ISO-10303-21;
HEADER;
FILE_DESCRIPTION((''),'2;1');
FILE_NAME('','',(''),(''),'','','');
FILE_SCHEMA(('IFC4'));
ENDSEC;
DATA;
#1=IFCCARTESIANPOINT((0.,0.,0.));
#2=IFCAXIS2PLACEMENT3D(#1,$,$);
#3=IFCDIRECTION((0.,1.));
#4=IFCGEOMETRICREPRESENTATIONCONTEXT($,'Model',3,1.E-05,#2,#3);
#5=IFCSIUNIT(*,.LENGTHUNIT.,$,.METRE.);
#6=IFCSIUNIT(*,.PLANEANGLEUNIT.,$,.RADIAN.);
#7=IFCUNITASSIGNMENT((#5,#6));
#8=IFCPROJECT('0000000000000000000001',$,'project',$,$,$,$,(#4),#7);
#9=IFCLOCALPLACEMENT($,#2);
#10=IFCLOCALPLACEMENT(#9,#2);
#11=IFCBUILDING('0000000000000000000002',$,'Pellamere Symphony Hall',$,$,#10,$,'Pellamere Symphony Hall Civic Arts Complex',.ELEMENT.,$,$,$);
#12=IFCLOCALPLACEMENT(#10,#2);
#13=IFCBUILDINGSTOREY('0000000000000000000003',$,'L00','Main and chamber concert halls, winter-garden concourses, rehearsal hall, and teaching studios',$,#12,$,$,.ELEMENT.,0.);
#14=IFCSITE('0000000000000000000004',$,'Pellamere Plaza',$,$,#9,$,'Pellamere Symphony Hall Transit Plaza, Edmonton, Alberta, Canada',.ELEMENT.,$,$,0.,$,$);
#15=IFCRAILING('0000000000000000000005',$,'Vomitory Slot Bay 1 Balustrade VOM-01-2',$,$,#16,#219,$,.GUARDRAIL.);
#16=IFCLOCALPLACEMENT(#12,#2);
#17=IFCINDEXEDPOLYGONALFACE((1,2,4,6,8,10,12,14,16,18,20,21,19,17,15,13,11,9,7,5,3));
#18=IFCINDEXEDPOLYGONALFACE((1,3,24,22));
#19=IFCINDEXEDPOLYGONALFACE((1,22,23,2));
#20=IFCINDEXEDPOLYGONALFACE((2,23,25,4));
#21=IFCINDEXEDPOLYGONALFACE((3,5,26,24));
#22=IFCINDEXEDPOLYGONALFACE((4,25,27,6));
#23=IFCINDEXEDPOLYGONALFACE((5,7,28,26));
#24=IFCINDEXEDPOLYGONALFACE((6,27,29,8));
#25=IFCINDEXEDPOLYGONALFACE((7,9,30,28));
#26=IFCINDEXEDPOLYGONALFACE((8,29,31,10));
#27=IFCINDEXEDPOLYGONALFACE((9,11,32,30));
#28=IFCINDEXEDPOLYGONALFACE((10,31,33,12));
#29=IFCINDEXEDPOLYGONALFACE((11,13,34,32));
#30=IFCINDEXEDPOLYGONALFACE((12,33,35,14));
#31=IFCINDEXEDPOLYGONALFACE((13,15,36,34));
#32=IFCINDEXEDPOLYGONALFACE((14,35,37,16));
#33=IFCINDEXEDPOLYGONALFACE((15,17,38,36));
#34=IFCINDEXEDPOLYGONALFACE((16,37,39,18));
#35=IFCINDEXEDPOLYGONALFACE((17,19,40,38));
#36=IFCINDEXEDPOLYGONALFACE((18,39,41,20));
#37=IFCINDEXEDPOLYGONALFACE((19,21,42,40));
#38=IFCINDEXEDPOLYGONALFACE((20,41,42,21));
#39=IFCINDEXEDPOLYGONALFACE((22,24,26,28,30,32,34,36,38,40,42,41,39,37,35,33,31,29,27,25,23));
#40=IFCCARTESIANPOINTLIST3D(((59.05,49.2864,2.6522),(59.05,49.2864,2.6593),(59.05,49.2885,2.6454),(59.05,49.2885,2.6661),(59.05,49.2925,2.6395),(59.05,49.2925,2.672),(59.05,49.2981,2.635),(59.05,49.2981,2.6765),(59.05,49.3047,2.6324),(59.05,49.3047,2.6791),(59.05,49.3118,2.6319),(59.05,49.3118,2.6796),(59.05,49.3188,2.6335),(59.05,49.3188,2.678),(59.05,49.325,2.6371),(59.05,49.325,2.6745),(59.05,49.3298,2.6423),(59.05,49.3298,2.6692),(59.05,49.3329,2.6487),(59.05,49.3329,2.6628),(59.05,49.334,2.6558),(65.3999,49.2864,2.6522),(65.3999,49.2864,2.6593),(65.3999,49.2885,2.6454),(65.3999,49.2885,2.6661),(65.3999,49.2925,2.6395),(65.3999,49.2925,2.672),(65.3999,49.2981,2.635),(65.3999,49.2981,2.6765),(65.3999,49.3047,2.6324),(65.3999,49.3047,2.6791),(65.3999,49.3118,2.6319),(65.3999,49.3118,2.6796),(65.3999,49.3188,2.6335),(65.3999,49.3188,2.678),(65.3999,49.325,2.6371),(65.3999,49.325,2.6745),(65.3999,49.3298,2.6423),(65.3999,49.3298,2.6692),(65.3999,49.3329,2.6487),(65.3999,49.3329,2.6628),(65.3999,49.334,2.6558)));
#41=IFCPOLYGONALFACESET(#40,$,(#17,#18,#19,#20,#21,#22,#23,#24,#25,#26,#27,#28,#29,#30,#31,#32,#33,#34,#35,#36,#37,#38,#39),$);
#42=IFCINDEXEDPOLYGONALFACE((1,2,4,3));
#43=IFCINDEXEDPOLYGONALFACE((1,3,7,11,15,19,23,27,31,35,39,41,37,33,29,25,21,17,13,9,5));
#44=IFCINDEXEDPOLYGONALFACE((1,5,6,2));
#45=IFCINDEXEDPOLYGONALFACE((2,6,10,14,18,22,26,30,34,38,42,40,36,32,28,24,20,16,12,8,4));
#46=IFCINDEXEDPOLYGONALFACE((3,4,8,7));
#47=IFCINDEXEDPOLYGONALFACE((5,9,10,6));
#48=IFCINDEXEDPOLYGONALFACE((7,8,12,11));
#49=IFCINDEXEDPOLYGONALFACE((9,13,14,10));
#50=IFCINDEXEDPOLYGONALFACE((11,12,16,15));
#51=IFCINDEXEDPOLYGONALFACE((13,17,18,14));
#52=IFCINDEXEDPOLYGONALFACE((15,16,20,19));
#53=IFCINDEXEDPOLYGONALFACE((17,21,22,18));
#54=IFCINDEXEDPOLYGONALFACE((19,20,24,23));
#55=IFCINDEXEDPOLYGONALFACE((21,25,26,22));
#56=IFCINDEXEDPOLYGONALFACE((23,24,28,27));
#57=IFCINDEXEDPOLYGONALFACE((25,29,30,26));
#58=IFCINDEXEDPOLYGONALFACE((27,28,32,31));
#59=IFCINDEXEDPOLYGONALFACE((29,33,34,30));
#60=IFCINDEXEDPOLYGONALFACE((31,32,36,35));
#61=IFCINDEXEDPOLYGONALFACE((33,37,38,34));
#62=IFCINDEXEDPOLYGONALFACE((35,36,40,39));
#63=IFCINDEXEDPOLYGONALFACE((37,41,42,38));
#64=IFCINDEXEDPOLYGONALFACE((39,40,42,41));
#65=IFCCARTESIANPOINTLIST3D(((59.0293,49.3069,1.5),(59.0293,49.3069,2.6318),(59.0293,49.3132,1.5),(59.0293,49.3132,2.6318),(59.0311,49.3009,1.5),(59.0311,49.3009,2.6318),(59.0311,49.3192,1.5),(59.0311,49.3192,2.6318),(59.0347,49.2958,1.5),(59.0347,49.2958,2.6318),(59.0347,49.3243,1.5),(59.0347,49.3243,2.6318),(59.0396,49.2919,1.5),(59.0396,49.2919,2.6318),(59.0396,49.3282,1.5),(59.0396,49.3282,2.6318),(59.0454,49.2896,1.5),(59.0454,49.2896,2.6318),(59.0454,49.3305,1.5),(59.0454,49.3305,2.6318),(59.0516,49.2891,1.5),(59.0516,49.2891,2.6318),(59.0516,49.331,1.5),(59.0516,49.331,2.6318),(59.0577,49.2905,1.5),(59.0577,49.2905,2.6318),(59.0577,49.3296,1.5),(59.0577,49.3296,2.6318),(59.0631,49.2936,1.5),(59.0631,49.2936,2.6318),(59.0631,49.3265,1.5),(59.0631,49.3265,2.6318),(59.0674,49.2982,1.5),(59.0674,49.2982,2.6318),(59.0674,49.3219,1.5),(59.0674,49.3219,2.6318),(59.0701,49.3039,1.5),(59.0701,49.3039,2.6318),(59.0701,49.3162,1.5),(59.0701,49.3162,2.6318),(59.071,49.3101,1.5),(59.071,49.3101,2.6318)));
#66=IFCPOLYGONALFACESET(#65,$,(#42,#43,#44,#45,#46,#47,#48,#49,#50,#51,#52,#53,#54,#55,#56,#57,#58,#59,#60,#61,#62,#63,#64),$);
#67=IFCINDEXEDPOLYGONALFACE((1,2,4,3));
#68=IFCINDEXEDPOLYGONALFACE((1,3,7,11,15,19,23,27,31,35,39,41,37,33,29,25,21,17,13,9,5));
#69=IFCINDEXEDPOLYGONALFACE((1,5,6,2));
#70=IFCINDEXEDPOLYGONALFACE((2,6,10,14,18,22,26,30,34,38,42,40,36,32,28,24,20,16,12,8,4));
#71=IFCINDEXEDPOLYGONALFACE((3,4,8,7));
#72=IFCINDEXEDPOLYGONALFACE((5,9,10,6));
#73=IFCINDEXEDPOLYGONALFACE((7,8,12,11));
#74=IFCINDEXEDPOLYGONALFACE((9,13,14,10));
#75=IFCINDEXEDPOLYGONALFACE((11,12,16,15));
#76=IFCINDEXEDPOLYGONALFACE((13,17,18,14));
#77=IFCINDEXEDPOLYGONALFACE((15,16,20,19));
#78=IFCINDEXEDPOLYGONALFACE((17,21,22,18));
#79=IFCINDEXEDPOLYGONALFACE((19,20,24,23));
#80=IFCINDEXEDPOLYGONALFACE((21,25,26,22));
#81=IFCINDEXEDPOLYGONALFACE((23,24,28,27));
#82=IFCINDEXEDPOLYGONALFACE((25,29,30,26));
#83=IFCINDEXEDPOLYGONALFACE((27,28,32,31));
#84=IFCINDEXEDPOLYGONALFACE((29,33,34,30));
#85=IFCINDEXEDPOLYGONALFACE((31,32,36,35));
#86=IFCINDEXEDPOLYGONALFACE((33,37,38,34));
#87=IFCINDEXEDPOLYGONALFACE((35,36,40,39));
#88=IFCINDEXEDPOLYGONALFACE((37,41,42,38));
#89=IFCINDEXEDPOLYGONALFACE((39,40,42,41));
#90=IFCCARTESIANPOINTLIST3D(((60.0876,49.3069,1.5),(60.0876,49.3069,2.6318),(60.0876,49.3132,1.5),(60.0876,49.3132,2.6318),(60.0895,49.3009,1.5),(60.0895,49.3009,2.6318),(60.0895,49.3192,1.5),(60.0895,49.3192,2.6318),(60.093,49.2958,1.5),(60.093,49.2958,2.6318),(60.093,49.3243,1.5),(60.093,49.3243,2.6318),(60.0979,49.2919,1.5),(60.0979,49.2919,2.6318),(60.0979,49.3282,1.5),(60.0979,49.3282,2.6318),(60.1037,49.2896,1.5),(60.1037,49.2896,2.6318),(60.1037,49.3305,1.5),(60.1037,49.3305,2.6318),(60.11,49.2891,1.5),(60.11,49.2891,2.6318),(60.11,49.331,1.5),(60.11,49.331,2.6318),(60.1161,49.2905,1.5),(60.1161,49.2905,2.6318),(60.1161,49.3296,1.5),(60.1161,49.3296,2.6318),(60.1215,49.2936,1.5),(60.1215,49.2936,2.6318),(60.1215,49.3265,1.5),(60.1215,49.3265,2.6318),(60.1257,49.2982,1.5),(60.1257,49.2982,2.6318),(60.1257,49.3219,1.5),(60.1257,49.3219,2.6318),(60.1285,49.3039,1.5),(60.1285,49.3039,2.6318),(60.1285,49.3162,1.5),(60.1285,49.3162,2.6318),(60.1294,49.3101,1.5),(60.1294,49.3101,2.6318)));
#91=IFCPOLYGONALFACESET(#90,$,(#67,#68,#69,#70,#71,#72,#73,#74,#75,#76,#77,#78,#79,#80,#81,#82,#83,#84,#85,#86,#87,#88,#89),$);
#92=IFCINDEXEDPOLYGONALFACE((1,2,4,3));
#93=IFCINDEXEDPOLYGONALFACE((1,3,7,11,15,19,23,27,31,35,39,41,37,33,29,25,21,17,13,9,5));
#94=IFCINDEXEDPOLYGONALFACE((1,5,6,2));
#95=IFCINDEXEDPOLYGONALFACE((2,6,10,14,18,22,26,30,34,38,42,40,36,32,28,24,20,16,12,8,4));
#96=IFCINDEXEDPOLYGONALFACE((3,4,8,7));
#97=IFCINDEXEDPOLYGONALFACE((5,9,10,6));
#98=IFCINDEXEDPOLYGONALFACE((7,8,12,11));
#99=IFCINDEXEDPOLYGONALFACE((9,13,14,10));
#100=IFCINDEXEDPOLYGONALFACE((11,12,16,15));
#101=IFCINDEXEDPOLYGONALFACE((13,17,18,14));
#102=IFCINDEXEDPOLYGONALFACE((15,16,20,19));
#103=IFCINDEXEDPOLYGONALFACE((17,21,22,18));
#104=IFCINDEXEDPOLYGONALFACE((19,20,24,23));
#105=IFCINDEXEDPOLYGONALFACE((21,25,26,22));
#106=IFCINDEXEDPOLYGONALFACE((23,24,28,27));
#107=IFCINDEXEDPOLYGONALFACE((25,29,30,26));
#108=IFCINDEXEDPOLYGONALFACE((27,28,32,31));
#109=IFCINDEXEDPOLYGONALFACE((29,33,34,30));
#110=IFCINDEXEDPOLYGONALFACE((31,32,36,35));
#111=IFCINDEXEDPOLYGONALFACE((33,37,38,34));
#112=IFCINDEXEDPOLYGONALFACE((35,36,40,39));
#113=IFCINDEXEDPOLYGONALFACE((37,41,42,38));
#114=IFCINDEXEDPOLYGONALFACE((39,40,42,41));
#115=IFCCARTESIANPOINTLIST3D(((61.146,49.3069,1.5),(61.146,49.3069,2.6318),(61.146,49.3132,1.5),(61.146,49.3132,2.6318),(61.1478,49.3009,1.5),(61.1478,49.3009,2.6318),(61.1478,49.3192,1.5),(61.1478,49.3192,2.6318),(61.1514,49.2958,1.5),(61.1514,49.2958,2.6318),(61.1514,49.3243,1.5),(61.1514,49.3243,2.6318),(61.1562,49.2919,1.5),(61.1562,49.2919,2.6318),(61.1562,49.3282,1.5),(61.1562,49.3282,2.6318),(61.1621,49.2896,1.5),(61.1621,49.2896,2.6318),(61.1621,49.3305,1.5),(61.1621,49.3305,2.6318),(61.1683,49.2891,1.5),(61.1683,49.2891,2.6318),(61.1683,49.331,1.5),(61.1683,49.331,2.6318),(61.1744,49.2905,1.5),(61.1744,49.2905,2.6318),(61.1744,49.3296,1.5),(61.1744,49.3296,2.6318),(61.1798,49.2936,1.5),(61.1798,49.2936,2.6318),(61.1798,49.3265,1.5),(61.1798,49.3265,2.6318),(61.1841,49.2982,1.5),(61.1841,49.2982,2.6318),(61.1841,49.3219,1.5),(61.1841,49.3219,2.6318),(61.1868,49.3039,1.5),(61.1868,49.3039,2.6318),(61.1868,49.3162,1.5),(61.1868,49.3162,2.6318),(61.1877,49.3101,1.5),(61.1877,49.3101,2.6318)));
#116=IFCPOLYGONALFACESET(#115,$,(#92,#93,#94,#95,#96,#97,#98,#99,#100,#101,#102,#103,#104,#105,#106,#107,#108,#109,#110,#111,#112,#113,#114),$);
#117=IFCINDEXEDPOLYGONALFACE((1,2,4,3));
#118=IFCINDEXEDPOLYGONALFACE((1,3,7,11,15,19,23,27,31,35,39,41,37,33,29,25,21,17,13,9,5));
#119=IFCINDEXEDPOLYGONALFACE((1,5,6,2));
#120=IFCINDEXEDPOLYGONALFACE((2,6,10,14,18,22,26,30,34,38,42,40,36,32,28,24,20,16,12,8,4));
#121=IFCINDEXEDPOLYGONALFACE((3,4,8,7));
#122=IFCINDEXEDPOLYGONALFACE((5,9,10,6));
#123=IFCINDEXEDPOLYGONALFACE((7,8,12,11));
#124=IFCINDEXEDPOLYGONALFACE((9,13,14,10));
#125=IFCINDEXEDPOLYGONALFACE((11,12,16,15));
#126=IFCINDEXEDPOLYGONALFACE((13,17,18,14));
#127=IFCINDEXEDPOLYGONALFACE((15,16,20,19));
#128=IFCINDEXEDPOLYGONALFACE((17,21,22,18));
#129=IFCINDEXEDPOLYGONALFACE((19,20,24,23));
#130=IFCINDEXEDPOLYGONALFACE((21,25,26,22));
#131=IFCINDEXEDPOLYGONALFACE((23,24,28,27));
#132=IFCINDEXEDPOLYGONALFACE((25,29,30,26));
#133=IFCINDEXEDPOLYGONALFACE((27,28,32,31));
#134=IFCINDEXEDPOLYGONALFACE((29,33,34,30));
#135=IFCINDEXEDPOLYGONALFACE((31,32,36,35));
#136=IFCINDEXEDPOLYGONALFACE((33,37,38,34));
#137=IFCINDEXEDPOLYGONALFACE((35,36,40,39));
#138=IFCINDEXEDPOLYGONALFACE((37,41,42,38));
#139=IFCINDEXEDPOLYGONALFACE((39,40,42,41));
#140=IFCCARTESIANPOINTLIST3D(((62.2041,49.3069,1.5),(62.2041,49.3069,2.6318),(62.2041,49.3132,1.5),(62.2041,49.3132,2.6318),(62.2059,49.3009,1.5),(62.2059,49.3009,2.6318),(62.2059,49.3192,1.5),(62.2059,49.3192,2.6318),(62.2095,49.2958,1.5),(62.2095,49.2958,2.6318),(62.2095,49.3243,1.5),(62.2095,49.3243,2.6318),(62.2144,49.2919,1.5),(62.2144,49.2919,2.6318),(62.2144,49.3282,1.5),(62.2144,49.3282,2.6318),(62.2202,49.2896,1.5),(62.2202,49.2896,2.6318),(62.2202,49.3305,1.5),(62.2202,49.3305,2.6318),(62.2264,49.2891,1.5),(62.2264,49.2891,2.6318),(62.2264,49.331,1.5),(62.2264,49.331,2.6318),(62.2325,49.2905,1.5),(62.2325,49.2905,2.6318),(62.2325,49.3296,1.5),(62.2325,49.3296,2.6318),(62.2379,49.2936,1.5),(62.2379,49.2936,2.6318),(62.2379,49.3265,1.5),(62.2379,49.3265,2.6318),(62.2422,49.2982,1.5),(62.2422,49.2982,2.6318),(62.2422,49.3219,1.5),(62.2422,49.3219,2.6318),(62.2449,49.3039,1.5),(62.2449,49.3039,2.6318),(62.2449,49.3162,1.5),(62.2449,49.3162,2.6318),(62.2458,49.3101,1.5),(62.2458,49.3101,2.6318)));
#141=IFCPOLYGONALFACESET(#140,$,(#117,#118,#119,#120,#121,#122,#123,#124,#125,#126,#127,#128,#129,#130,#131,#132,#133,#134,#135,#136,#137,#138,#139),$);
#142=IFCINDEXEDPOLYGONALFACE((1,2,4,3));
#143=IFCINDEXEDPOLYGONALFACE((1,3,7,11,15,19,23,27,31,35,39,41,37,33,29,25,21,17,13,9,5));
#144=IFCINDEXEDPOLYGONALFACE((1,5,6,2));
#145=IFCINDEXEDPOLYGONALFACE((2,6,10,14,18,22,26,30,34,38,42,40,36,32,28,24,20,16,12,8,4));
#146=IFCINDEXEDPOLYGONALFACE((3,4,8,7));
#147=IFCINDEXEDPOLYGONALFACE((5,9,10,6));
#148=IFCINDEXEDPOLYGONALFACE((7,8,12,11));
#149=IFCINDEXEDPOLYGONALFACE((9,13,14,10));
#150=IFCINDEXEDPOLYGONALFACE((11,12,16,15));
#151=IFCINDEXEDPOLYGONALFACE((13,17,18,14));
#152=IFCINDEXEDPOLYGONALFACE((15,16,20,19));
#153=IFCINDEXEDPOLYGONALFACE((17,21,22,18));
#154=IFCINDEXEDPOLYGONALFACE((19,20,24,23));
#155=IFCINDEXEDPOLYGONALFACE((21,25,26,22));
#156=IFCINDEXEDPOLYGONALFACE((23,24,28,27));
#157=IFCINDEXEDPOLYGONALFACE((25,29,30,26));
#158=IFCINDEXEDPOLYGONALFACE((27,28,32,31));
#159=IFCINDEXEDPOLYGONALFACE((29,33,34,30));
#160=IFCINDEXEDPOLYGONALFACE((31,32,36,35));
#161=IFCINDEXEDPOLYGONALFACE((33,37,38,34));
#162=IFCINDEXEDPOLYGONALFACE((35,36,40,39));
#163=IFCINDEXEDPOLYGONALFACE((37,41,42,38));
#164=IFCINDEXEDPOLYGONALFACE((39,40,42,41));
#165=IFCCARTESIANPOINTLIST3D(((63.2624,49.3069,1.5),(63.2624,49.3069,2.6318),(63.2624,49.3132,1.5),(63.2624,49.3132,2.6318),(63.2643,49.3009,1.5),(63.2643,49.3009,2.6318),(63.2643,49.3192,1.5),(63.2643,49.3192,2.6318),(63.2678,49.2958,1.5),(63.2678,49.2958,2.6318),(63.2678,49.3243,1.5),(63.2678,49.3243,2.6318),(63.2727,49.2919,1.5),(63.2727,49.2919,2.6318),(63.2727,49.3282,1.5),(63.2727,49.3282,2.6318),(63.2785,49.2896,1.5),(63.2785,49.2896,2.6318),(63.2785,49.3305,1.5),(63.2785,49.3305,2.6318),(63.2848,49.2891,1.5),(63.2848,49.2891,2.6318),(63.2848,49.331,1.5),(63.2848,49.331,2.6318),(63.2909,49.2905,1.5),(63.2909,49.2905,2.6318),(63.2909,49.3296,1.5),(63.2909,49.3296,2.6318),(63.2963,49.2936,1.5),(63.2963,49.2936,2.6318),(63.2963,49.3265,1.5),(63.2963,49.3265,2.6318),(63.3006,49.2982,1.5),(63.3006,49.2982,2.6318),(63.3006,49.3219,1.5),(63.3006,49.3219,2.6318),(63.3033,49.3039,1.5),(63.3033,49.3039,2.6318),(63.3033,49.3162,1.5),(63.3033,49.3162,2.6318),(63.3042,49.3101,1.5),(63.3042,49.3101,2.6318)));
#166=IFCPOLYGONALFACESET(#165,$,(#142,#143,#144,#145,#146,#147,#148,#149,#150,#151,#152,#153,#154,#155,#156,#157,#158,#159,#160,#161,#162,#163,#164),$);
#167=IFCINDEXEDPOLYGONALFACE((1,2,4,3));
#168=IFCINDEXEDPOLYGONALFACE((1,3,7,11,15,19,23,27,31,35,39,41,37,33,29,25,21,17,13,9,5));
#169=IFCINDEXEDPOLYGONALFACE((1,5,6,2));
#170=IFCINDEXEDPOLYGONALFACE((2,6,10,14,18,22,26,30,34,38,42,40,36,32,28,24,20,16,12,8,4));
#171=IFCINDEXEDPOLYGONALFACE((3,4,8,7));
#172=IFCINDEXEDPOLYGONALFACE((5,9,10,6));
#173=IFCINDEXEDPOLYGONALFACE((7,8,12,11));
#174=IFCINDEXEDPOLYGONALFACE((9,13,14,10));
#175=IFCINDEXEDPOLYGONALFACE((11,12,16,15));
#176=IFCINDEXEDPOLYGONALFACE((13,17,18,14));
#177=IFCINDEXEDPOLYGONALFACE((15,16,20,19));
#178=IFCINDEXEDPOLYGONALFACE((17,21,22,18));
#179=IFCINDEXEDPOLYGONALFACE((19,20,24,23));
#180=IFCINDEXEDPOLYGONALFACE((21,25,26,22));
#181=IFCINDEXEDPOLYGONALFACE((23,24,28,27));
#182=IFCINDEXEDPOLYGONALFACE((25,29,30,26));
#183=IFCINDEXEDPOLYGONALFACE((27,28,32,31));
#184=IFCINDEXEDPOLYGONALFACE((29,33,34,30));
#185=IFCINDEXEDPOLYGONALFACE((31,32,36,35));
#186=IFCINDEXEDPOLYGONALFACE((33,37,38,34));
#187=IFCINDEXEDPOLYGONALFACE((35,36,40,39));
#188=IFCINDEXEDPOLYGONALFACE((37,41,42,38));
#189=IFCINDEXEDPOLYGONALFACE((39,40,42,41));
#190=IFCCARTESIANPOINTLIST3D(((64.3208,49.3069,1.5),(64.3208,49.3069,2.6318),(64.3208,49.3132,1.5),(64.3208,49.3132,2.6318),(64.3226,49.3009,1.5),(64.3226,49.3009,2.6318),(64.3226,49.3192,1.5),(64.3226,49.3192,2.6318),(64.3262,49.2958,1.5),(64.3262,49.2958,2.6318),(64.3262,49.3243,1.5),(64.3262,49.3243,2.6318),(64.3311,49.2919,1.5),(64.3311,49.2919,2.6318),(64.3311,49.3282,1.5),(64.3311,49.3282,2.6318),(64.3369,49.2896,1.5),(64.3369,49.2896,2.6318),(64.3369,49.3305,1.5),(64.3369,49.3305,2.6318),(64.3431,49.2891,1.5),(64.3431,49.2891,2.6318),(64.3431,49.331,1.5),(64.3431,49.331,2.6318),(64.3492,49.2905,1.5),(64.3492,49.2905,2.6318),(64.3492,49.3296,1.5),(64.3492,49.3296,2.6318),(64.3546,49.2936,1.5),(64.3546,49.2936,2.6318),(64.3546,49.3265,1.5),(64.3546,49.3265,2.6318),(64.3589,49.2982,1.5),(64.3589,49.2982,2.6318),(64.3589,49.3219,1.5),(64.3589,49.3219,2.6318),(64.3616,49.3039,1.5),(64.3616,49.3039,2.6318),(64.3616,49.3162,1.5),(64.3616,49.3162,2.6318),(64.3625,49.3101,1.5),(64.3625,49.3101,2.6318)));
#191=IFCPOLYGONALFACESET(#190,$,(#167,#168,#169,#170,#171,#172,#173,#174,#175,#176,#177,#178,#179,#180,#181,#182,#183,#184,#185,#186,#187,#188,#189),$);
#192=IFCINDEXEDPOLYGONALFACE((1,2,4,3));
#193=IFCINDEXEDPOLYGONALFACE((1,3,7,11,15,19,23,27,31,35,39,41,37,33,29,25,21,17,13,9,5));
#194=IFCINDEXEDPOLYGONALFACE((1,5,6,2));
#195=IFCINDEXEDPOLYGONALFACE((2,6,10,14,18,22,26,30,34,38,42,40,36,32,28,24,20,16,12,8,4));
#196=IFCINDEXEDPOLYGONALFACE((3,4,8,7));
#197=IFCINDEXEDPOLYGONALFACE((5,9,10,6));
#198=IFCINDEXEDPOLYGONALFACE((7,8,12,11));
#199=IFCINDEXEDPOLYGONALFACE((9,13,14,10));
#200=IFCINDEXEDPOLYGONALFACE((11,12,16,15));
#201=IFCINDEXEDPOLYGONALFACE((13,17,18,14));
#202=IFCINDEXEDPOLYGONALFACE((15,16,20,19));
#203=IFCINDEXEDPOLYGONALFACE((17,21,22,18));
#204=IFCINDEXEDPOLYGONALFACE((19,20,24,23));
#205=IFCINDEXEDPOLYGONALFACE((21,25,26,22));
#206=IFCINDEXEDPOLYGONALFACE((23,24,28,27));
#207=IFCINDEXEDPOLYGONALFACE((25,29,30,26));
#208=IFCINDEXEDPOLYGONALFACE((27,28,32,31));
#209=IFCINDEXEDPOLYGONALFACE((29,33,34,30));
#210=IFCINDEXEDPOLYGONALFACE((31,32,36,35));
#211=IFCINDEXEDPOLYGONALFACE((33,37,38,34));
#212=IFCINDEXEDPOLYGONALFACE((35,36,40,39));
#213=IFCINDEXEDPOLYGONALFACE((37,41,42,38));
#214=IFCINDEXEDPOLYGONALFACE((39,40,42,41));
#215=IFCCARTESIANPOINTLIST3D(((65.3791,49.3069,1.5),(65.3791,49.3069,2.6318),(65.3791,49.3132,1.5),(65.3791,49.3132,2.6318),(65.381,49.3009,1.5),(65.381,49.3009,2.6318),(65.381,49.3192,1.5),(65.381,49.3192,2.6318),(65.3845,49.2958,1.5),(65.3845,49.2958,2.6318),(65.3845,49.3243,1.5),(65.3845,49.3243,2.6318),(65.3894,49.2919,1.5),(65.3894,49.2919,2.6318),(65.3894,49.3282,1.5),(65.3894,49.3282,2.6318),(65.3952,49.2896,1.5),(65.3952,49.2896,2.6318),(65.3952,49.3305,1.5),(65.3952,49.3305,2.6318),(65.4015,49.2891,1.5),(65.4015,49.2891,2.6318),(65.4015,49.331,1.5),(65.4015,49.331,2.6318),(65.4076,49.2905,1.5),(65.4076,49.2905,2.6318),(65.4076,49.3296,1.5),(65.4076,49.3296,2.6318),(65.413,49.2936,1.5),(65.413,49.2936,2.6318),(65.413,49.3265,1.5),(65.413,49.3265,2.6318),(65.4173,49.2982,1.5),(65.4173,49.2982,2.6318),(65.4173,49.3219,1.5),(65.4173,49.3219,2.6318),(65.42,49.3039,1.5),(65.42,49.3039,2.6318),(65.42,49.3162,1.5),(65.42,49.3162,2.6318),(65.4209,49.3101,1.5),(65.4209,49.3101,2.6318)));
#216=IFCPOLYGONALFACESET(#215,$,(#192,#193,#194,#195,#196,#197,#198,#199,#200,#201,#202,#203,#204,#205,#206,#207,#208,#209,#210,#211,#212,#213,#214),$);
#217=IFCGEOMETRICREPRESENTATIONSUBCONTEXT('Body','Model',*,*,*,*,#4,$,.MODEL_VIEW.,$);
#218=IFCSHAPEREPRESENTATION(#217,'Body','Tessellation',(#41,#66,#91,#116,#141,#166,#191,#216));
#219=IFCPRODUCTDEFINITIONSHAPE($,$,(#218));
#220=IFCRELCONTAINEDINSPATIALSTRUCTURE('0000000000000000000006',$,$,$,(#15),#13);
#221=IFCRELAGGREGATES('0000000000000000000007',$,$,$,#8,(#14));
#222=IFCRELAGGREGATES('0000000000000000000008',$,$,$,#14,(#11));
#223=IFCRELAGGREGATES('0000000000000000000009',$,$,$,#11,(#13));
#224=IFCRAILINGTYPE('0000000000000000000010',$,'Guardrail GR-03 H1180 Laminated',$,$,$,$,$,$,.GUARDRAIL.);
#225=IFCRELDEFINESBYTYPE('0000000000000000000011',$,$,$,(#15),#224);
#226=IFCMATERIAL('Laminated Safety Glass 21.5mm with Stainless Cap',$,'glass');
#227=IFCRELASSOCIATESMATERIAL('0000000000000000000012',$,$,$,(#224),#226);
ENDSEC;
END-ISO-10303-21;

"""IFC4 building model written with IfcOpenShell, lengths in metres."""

from ifc_helpers import new_model, si_unit, direction, frame, origin, origin_2d, place, context, subcontext, project, spatial, circle, extrude, material, type_object, element, save


model = new_model("IFC4")

# Units and contexts
model_context = context("Model", 3, precision=1e-05, world=origin(), true_north=direction((0.0, 1.0)))
body_context = subcontext(model_context, "Body", "Model", "MODEL_VIEW")
ifc_project = project(units=[si_unit("LENGTHUNIT", "METRE"), si_unit("PLANEANGLEUNIT", "RADIAN")], contexts=[model_context])

# Site, building, storey
site_placement = place(None, origin())
site = spatial("IfcSite", under=ifc_project, at=site_placement, Name="Pellamere Plaza", LongName="Pellamere Symphony Hall Transit Plaza, Edmonton, Alberta, Canada", CompositionType="ELEMENT", RefElevation=0.0)
building_placement = place(site_placement, origin())
building = spatial("IfcBuilding", under=site, at=building_placement, Name="Pellamere Symphony Hall", LongName="Pellamere Symphony Hall Civic Arts Complex", CompositionType="ELEMENT")
storey_placement = place(building_placement, origin())
storey = spatial("IfcBuildingStorey", under=building, at=storey_placement, Name="L00", Description="Main and chamber concert halls, winter-garden concourses, rehearsal hall, and teaching studios", CompositionType="ELEMENT", Elevation=0.0)

# Railing
ifc_material_1 = material(Name="Laminated Safety Glass 21.5mm with Stainless Cap", Category="glass")
railing_type_1 = type_object("IfcRailingType", Name="Guardrail GR-03 H1180 Laminated", PredefinedType="GUARDRAIL", material=ifc_material_1)
railing_1_placement = place(storey_placement, frame((59.05, 49.3101, 1.5)))
element("IfcRailing", 1, at=railing_1_placement, inside=storey, type_object=railing_type_1, Name="Vomitory Slot Bay 1 Balustrade VOM-01-2", PredefinedType="GUARDRAIL", context=body_context, shape_type="SweptSolid", body=[
    extrude(circle(Radius=0.0239, at=origin_2d()), frame((0.0, 0.0, 1.1558), z_axis=(1.0, 0.0, 0.0), x_axis=(0.0, 1.0, 0.0)), (0.0, 0.0, 1.0), 6.3499),
    extrude(circle(Radius=0.021, at=origin_2d()), origin(), (0.0, 0.0, 1.0), 1.1318),
    extrude(circle(Radius=0.021, at=origin_2d()), frame((1.0583, 0.0, 0.0)), (0.0, 0.0, 1.0), 1.1318),
    extrude(circle(Radius=0.021, at=origin_2d()), frame((2.1167, 0.0, 0.0)), (0.0, 0.0, 1.0), 1.1318),
    extrude(circle(Radius=0.021, at=origin_2d()), frame((3.1748, 0.0, 0.0)), (0.0, 0.0, 1.0), 1.1318),
    extrude(circle(Radius=0.021, at=origin_2d()), frame((4.2332, 0.0, 0.0)), (0.0, 0.0, 1.0), 1.1318),
    extrude(circle(Radius=0.021, at=origin_2d()), frame((5.2915, 0.0, 0.0)), (0.0, 0.0, 1.0), 1.1318),
    extrude(circle(Radius=0.021, at=origin_2d()), frame((6.3499, 0.0, 0.0)), (0.0, 0.0, 1.0), 1.1318),
])

save(model, "model.ifc")
